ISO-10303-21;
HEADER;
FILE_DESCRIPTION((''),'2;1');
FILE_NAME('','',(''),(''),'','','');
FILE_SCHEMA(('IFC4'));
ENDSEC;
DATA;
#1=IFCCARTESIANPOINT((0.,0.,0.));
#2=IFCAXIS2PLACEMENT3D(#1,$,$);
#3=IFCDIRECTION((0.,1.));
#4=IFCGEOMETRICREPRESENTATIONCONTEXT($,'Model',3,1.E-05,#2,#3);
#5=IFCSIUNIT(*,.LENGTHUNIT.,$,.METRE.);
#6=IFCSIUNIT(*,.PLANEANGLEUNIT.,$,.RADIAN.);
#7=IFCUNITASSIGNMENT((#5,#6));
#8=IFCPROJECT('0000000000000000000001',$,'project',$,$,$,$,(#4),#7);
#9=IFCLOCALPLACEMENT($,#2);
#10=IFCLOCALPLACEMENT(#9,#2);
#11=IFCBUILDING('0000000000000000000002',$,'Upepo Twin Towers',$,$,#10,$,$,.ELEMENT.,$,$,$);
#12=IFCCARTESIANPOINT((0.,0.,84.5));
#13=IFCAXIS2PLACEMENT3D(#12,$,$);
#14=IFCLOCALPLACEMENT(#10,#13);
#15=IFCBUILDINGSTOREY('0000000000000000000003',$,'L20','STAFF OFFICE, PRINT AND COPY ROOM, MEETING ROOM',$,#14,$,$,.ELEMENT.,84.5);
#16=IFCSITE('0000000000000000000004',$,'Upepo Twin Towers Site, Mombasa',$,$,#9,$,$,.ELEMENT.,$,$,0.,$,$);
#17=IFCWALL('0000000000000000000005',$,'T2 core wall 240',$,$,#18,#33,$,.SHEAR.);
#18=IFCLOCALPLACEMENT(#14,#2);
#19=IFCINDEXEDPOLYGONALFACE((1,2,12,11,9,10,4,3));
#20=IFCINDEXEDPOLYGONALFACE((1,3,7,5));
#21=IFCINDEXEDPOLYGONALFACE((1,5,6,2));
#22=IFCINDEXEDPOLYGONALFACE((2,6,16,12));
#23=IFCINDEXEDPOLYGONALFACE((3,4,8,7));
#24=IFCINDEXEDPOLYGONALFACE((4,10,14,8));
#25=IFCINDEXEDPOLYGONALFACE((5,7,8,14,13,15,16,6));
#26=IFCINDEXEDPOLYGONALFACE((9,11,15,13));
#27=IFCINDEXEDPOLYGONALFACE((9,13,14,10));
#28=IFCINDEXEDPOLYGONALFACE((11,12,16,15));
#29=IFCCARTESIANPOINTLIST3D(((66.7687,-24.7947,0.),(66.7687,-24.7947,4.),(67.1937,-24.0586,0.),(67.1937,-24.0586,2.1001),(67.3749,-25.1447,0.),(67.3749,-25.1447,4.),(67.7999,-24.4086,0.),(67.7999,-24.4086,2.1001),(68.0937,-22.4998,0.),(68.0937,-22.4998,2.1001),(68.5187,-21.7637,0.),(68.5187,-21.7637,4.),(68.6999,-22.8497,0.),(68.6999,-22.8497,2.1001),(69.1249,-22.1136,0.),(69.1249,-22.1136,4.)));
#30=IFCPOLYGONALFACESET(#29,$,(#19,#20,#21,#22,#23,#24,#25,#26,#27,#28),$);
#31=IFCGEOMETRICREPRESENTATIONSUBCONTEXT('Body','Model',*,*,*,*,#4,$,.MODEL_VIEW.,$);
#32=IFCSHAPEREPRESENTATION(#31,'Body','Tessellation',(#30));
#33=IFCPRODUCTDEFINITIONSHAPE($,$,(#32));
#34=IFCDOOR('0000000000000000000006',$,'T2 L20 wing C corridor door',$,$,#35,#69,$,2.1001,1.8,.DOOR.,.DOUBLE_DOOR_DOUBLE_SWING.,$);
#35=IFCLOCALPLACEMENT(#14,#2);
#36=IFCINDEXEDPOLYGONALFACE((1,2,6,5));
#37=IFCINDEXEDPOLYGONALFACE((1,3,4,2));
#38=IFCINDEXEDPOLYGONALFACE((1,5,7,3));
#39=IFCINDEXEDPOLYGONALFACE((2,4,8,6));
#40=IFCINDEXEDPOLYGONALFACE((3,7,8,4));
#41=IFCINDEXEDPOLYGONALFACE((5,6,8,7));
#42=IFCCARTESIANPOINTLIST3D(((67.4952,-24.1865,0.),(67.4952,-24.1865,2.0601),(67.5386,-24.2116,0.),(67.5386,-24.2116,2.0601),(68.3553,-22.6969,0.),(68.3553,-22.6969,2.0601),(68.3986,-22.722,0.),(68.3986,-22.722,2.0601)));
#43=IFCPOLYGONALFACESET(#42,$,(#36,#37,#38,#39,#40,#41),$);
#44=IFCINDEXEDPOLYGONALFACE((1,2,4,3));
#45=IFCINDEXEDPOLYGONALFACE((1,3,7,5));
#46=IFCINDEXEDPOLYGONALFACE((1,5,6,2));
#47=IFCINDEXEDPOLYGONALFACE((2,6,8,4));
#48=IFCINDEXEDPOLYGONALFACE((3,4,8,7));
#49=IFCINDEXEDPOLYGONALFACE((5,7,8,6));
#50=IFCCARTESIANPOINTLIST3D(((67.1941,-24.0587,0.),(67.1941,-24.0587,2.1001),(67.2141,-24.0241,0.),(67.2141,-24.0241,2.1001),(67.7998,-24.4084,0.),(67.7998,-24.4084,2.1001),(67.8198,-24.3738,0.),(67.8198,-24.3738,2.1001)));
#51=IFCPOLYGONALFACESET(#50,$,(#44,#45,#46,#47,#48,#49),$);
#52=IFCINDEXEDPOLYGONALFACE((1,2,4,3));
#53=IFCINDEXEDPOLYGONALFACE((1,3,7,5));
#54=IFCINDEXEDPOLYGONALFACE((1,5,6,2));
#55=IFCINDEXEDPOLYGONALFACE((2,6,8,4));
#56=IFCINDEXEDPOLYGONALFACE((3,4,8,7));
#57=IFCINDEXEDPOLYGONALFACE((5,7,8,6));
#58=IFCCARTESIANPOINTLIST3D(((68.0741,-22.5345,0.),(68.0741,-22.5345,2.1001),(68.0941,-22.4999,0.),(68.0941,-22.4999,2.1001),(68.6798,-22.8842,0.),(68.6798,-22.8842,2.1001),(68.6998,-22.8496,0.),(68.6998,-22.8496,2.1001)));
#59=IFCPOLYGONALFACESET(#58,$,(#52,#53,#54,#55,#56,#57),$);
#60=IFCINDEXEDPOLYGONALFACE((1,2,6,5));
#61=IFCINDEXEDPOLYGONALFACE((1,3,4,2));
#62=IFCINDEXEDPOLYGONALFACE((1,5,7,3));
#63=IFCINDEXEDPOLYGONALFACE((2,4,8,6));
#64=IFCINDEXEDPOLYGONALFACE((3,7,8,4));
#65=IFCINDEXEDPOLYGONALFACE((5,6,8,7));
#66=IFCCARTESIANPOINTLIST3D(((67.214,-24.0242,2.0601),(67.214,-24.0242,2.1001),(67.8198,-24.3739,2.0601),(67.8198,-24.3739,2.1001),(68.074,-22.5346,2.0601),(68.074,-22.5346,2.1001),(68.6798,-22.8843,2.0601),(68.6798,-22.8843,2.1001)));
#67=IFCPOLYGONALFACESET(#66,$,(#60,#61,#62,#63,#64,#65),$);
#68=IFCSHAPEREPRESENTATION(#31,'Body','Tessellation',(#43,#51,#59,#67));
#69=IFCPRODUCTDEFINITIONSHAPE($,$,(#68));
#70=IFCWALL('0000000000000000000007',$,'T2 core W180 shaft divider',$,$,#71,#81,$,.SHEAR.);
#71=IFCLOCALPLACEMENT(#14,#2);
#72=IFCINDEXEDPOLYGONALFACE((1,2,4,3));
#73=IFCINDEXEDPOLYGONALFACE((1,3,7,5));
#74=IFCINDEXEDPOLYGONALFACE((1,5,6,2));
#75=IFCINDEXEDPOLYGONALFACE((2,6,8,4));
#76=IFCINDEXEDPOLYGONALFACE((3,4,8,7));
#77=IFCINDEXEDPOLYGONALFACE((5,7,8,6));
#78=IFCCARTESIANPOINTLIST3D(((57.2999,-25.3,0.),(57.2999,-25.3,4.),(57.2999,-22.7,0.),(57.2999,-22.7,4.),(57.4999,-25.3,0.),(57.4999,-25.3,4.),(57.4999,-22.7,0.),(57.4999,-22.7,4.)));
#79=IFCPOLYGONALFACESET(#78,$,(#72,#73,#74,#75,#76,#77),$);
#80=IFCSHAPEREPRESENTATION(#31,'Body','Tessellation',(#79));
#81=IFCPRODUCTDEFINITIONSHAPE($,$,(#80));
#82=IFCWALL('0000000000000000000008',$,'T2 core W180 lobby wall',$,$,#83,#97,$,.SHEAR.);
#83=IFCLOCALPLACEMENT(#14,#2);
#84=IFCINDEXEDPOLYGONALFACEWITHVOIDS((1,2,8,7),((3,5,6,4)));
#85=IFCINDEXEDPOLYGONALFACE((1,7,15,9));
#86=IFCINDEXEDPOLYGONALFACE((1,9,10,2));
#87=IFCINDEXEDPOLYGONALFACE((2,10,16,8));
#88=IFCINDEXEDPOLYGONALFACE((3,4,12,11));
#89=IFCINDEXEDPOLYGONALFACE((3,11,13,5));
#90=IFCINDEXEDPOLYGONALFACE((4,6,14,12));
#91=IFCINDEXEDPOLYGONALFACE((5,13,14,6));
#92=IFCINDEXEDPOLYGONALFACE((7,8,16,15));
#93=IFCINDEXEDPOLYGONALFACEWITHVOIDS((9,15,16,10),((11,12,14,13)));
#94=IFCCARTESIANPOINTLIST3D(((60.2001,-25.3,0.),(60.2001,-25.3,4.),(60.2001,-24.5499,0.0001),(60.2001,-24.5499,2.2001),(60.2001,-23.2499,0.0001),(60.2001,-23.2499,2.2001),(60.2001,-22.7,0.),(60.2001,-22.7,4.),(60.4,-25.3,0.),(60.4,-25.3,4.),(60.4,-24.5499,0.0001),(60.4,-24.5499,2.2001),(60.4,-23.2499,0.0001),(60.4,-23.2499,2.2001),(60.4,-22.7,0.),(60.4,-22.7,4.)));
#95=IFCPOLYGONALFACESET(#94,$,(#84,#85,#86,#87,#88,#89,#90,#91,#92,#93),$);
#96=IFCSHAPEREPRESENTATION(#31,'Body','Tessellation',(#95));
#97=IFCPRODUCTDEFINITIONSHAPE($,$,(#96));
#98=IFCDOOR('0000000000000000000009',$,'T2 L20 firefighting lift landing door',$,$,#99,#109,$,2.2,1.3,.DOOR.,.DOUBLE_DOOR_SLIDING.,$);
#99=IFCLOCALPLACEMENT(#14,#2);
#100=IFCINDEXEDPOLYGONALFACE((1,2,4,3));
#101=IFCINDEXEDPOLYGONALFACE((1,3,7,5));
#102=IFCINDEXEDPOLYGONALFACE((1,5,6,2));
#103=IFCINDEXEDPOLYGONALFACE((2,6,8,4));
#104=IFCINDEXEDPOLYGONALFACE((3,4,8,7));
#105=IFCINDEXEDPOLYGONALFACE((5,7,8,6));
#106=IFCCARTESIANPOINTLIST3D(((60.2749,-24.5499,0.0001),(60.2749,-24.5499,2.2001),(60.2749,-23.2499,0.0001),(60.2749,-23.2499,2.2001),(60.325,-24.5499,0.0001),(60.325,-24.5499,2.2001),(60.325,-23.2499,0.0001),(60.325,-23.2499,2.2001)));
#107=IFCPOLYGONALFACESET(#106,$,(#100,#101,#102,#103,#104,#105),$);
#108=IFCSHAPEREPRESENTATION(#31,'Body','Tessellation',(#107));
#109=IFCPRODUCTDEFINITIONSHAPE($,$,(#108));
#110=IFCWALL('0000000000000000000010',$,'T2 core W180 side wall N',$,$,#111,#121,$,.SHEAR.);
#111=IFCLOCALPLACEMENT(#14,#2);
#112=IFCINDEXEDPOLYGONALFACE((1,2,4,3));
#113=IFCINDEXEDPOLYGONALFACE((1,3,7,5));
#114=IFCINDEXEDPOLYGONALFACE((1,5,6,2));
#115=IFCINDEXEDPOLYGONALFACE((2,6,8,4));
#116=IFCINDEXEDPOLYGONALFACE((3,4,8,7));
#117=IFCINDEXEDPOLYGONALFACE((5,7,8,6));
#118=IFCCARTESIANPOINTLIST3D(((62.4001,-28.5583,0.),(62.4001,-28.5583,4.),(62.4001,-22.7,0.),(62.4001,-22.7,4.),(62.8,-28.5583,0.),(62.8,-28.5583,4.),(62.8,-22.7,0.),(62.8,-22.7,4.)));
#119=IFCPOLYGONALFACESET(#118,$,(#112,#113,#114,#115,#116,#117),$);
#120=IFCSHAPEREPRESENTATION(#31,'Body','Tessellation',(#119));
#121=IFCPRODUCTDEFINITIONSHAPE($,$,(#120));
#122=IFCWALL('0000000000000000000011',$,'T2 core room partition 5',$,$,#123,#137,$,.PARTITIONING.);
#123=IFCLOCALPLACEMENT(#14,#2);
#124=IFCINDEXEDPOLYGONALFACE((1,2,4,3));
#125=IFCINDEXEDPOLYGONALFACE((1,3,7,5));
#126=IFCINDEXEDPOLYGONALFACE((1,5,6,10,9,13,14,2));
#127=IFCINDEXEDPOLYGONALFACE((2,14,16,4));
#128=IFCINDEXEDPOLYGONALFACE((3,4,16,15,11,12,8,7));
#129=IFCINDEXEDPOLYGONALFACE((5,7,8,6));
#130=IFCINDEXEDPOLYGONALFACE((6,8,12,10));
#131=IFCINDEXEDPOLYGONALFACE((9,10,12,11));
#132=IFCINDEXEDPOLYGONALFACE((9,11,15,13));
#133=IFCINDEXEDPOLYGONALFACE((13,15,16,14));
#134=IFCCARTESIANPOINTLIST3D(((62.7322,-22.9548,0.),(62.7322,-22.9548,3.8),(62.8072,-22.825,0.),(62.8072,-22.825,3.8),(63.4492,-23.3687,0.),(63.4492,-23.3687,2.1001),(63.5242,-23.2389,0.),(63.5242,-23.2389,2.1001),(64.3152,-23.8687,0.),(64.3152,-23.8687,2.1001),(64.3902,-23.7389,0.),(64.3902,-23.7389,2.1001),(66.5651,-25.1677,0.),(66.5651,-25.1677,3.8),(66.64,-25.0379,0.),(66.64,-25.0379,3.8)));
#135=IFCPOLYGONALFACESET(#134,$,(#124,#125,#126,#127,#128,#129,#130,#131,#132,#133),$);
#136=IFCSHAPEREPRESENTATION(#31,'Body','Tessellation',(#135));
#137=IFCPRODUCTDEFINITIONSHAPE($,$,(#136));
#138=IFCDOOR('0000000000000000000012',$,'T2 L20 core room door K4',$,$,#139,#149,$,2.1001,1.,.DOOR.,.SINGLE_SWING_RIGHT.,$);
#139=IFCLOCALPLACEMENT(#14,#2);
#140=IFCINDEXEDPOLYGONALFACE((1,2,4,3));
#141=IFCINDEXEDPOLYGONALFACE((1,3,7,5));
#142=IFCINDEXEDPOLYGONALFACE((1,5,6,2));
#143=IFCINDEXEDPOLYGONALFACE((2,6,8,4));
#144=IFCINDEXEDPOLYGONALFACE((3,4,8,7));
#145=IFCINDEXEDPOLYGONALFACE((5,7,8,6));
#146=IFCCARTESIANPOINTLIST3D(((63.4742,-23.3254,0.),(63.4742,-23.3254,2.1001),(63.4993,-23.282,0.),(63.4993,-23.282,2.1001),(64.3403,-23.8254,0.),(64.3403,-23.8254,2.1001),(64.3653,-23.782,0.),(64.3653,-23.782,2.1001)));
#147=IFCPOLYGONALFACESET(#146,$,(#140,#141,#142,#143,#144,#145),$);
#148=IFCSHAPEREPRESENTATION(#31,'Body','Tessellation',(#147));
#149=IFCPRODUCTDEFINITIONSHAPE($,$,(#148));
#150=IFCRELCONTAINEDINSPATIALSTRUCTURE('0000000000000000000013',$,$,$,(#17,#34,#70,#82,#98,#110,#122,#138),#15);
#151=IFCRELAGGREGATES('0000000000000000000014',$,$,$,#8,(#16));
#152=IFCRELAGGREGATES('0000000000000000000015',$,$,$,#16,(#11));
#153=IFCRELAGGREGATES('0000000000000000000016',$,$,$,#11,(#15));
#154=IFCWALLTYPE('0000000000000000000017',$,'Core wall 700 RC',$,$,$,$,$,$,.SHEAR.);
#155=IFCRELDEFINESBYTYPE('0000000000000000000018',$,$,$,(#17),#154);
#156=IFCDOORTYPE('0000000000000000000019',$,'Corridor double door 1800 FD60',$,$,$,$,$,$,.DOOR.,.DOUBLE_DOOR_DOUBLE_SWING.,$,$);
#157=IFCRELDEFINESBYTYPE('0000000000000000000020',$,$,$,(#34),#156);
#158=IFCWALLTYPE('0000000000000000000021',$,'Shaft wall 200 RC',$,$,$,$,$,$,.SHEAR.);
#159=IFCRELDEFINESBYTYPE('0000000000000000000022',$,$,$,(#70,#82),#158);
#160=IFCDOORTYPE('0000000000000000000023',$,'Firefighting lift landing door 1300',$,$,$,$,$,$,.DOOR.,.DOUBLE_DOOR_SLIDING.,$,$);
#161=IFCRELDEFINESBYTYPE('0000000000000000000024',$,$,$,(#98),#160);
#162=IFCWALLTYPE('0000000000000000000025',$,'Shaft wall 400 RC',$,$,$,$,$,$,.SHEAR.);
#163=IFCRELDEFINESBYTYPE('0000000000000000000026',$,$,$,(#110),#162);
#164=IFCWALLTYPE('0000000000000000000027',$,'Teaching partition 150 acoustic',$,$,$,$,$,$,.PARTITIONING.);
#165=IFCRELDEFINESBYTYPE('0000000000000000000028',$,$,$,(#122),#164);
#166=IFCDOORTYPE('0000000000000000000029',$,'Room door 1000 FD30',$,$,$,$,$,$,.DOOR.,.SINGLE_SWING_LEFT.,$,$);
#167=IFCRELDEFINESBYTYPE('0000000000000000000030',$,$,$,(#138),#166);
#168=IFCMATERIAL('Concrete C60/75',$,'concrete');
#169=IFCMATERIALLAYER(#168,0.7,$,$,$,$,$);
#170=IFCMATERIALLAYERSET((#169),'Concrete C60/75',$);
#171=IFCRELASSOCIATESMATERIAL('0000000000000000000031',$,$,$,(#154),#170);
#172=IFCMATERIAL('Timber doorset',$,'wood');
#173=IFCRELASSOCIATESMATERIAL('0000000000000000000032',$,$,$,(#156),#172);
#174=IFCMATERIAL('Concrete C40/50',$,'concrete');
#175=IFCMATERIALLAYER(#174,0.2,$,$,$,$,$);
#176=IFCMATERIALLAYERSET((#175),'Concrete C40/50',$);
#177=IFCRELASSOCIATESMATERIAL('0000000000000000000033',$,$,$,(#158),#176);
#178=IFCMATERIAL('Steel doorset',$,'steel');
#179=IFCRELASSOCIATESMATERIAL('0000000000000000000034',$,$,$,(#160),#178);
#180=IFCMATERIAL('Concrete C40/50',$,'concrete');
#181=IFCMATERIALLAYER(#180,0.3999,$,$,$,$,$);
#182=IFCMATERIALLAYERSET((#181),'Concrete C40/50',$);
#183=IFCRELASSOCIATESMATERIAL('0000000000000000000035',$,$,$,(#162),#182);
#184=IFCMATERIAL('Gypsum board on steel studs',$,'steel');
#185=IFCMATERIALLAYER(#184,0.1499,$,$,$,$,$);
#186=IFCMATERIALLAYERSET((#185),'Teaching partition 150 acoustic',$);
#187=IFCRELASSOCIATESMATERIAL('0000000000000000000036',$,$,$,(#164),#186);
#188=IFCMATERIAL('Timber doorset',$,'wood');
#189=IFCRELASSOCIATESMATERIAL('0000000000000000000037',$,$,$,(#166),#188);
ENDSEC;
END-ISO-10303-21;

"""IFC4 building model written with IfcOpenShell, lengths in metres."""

from ifc_helpers import new_model, si_unit, direction, frame, frame_2d, origin, place, context, subcontext, project, spatial, rectangle, extrude, material, layer, layer_set, type_object, element, fill, save


model = new_model("IFC4")

# Units and contexts
model_context = context("Model", 3, precision=1e-05, world=origin(), true_north=direction((0.0, 1.0)))
body_context = subcontext(model_context, "Body", "Model", "MODEL_VIEW")
ifc_project = project(units=[si_unit("LENGTHUNIT", "METRE"), si_unit("PLANEANGLEUNIT", "RADIAN")], contexts=[model_context])

# Site, building, storey
site_placement = place(None, origin())
site = spatial("IfcSite", under=ifc_project, at=site_placement, Name="Upepo Twin Towers Site, Mombasa", CompositionType="ELEMENT", RefElevation=0.0)
building_placement = place(site_placement, origin())
building = spatial("IfcBuilding", under=site, at=building_placement, Name="Upepo Twin Towers", CompositionType="ELEMENT")
storey_placement = place(building_placement, frame((0.0, 0.0, 84.5)))
storey = spatial("IfcBuildingStorey", under=building, at=storey_placement, Name="L20", Description="STAFF OFFICE, PRINT AND COPY ROOM, MEETING ROOM", CompositionType="ELEMENT", Elevation=84.5)

# Shared definitions
ifc_material_1 = material(Name="Concrete C60/75", Category="concrete")
ifc_layer_1 = layer(ifc_material_1, 0.7)
ifc_layer_set_1 = layer_set([ifc_layer_1], Name="Concrete C60/75")
wall_type_1 = type_object("IfcWallType", Name="Core wall 700 RC", PredefinedType="SHEAR", material=ifc_layer_set_1)

# Wall, opening, door
wall_1_placement = place(storey_placement, frame((67.0718, -24.9697, 0.0), z_axis=(0.0, 0.0, 1.0), x_axis=(0.50001, 0.866019, 0.0)))
wall_1 = element("IfcWall", 1, at=wall_1_placement, inside=storey, type_object=wall_type_1, Name="T2 core wall 240", PredefinedType="SHEAR", context=body_context, shape_type="SweptSolid", body=[
    extrude(rectangle(XDim=3.5, YDim=0.7, at=frame_2d((1.75, 0.0))), origin(), (0.0, 0.0, 1.0), 4.0),
])
opening_1_placement = place(wall_1_placement, frame((0.8501, 0.0, 0.0)))
opening_1 = element("IfcOpeningElement", 2, at=opening_1_placement, cuts=wall_1, PredefinedType="OPENING", context=body_context, shape_type="SweptSolid", body=[
    extrude(rectangle(XDim=1.8, YDim=2.1001, at=frame_2d((0.8999, 1.05))), frame((0.0, 0.3599, 0.0), z_axis=(0.0, -1.0, 0.0), x_axis=(1.0, 0.0, 0.0)), (0.0, 0.0, 1.0), 0.72),
])
ifc_material_2 = material(Name="Timber doorset", Category="wood")
door_type_1 = type_object("IfcDoorType", Name="Corridor double door 1800 FD60", OperationType="DOUBLE_DOOR_DOUBLE_SWING", PredefinedType="DOOR", material=ifc_material_2)
door_1_placement = place(opening_1_placement, origin())
door_1 = element("IfcDoor", 3, at=door_1_placement, inside=storey, type_object=door_type_1, Name="T2 L20 wing C corridor door", OperationType="DOUBLE_DOOR_DOUBLE_SWING", OverallHeight=2.1001, OverallWidth=1.8, PredefinedType="DOOR", context=body_context, shape_type="SweptSolid", body=[
    extrude(rectangle(XDim=1.72, YDim=2.0601, at=frame_2d((0.8999, 1.03))), frame((0.0, 0.0249, 0.0), z_axis=(0.0, -1.0, 0.0), x_axis=(1.0, 0.0, 0.0)), (0.0, 0.0, 1.0), 0.05),
    extrude(rectangle(XDim=0.04, YDim=2.1001, at=frame_2d((0.02, 1.05))), frame((0.0, 0.3496, 0.0), z_axis=(0.0, -1.0, 0.0), x_axis=(1.0, 0.0, 0.0)), (0.0, 0.0, 1.0), 0.6995),
    extrude(rectangle(XDim=0.04, YDim=2.1001, at=frame_2d((1.78, 1.05))), frame((0.0, 0.3496, 0.0), z_axis=(0.0, -1.0, 0.0), x_axis=(1.0, 0.0, 0.0)), (0.0, 0.0, 1.0), 0.6995),
    extrude(rectangle(XDim=1.72, YDim=0.04, at=frame_2d((0.8999, 2.0801))), frame((0.0, 0.3496, 0.0), z_axis=(0.0, -1.0, 0.0), x_axis=(1.0, 0.0, 0.0)), (0.0, 0.0, 1.0), 0.6995),
])
fill(opening_1, door_1)

# Wall
ifc_material_3 = material(Name="Concrete C40/50", Category="concrete")
ifc_layer_2 = layer(ifc_material_3, 0.2)
ifc_layer_set_2 = layer_set([ifc_layer_2], Name="Concrete C40/50")
wall_type_2 = type_object("IfcWallType", Name="Shaft wall 200 RC", PredefinedType="SHEAR", material=ifc_layer_set_2)
wall_2_placement = place(storey_placement, frame((57.3999, -22.7, 0.0), z_axis=(0.0, 0.0, 1.0), x_axis=(0.0, -1.0, 0.0)))
element("IfcWall", 4, at=wall_2_placement, inside=storey, type_object=wall_type_2, Name="T2 core W180 shaft divider", PredefinedType="SHEAR", context=body_context, shape_type="SweptSolid", body=[
    extrude(rectangle(XDim=2.6001, YDim=0.2, at=frame_2d((1.3, 0.0))), origin(), (0.0, 0.0, 1.0), 4.0),
])

# Wall, opening, door
wall_3_placement = place(storey_placement, frame((60.3, -22.7, 0.0), z_axis=(0.0, 0.0, 1.0), x_axis=(0.0, -1.0, 0.0)))
wall_3 = element("IfcWall", 5, at=wall_3_placement, inside=storey, type_object=wall_type_2, Name="T2 core W180 lobby wall", PredefinedType="SHEAR", context=body_context, shape_type="SweptSolid", body=[
    extrude(rectangle(XDim=2.6001, YDim=0.2, at=frame_2d((1.3, 0.0))), origin(), (0.0, 0.0, 1.0), 4.0),
])
opening_2_placement = place(wall_3_placement, frame((0.55, 0.0, 0.0)))
opening_2 = element("IfcOpeningElement", 6, at=opening_2_placement, cuts=wall_3, PredefinedType="OPENING", context=body_context, shape_type="SweptSolid", body=[
    extrude(rectangle(XDim=1.3, YDim=2.2, at=frame_2d((0.6499, 1.1001))), frame((0.0, 0.1099, 0.0), z_axis=(0.0, -1.0, 0.0), x_axis=(1.0, 0.0, 0.0)), (0.0, 0.0, 1.0), 0.22),
])
ifc_material_4 = material(Name="Steel doorset", Category="steel")
door_type_2 = type_object("IfcDoorType", Name="Firefighting lift landing door 1300", OperationType="DOUBLE_DOOR_SLIDING", PredefinedType="DOOR", material=ifc_material_4)
door_2_placement = place(opening_2_placement, origin())
door_2 = element("IfcDoor", 7, at=door_2_placement, inside=storey, type_object=door_type_2, Name="T2 L20 firefighting lift landing door", OperationType="DOUBLE_DOOR_SLIDING", OverallHeight=2.2, OverallWidth=1.3, PredefinedType="DOOR", context=body_context, shape_type="SweptSolid", body=[
    extrude(rectangle(XDim=1.3, YDim=2.2, at=frame_2d((0.6499, 1.1001))), frame((0.0, 0.0249, 0.0), z_axis=(0.0, -1.0, 0.0), x_axis=(1.0, 0.0, 0.0)), (0.0, 0.0, 1.0), 0.05),
])
fill(opening_2, door_2)

# Wall
ifc_material_5 = material(Name="Concrete C40/50", Category="concrete")
ifc_layer_3 = layer(ifc_material_5, 0.3999)
ifc_layer_set_3 = layer_set([ifc_layer_3], Name="Concrete C40/50")
wall_type_3 = type_object("IfcWallType", Name="Shaft wall 400 RC", PredefinedType="SHEAR", material=ifc_layer_set_3)
wall_4_placement = place(storey_placement, frame((62.6001, -22.7, 0.0), z_axis=(0.0, 0.0, 1.0), x_axis=(0.0, -1.0, 0.0)))
element("IfcWall", 8, at=wall_4_placement, inside=storey, type_object=wall_type_3, Name="T2 core W180 side wall N", PredefinedType="SHEAR", context=body_context, shape_type="SweptSolid", body=[
    extrude(rectangle(XDim=5.8584, YDim=0.3999, at=frame_2d((2.9292, 0.0))), origin(), (0.0, 0.0, 1.0), 4.0),
])

# Wall, opening, door
ifc_material_6 = material(Name="Gypsum board on steel studs", Category="steel")
ifc_layer_4 = layer(ifc_material_6, 0.1499)
ifc_layer_set_4 = layer_set([ifc_layer_4], Name="Teaching partition 150 acoustic")
wall_type_4 = type_object("IfcWallType", Name="Teaching partition 150 acoustic", PredefinedType="PARTITIONING", material=ifc_layer_set_4)
wall_5_placement = place(storey_placement, frame((66.6025, -25.1028, 0.0), z_axis=(0.0, 0.0, 1.0), x_axis=(-0.866021, 0.500007, 0.0)))
wall_5 = element("IfcWall", 9, at=wall_5_placement, inside=storey, type_object=wall_type_4, Name="T2 core room partition 5", PredefinedType="PARTITIONING", context=body_context, shape_type="SweptSolid", body=[
    extrude(rectangle(XDim=4.4258, YDim=0.1499, at=frame_2d((2.2129, 0.0))), origin(), (0.0, 0.0, 1.0), 3.8),
])
opening_3_placement = place(wall_5_placement, frame((2.5979, 0.0, 0.0)))
opening_3 = element("IfcOpeningElement", 10, at=opening_3_placement, cuts=wall_5, PredefinedType="OPENING", context=body_context, shape_type="SweptSolid", body=[
    extrude(rectangle(XDim=1.0, YDim=2.1001, at=frame_2d((0.5, 1.05))), frame((0.0, 0.085, 0.0), z_axis=(0.0, -1.0, 0.0), x_axis=(1.0, 0.0, 0.0)), (0.0, 0.0, 1.0), 0.1699),
])
ifc_material_7 = material(Name="Timber doorset", Category="wood")
door_type_3 = type_object("IfcDoorType", Name="Room door 1000 FD30", OperationType="SINGLE_SWING_LEFT", PredefinedType="DOOR", material=ifc_material_7)
door_3_placement = place(opening_3_placement, origin())
door_3 = element("IfcDoor", 11, at=door_3_placement, inside=storey, type_object=door_type_3, Name="T2 L20 core room door K4", OperationType="SINGLE_SWING_RIGHT", OverallHeight=2.1001, OverallWidth=1.0, PredefinedType="DOOR", context=body_context, shape_type="SweptSolid", body=[
    extrude(rectangle(XDim=1.0, YDim=2.1001, at=frame_2d((0.5, 1.05))), frame((0.0, 0.0249, 0.0), z_axis=(0.0, -1.0, 0.0), x_axis=(1.0, 0.0, 0.0)), (0.0, 0.0, 1.0), 0.05),
])
fill(opening_3, door_3)

save(model, "model.ifc")
